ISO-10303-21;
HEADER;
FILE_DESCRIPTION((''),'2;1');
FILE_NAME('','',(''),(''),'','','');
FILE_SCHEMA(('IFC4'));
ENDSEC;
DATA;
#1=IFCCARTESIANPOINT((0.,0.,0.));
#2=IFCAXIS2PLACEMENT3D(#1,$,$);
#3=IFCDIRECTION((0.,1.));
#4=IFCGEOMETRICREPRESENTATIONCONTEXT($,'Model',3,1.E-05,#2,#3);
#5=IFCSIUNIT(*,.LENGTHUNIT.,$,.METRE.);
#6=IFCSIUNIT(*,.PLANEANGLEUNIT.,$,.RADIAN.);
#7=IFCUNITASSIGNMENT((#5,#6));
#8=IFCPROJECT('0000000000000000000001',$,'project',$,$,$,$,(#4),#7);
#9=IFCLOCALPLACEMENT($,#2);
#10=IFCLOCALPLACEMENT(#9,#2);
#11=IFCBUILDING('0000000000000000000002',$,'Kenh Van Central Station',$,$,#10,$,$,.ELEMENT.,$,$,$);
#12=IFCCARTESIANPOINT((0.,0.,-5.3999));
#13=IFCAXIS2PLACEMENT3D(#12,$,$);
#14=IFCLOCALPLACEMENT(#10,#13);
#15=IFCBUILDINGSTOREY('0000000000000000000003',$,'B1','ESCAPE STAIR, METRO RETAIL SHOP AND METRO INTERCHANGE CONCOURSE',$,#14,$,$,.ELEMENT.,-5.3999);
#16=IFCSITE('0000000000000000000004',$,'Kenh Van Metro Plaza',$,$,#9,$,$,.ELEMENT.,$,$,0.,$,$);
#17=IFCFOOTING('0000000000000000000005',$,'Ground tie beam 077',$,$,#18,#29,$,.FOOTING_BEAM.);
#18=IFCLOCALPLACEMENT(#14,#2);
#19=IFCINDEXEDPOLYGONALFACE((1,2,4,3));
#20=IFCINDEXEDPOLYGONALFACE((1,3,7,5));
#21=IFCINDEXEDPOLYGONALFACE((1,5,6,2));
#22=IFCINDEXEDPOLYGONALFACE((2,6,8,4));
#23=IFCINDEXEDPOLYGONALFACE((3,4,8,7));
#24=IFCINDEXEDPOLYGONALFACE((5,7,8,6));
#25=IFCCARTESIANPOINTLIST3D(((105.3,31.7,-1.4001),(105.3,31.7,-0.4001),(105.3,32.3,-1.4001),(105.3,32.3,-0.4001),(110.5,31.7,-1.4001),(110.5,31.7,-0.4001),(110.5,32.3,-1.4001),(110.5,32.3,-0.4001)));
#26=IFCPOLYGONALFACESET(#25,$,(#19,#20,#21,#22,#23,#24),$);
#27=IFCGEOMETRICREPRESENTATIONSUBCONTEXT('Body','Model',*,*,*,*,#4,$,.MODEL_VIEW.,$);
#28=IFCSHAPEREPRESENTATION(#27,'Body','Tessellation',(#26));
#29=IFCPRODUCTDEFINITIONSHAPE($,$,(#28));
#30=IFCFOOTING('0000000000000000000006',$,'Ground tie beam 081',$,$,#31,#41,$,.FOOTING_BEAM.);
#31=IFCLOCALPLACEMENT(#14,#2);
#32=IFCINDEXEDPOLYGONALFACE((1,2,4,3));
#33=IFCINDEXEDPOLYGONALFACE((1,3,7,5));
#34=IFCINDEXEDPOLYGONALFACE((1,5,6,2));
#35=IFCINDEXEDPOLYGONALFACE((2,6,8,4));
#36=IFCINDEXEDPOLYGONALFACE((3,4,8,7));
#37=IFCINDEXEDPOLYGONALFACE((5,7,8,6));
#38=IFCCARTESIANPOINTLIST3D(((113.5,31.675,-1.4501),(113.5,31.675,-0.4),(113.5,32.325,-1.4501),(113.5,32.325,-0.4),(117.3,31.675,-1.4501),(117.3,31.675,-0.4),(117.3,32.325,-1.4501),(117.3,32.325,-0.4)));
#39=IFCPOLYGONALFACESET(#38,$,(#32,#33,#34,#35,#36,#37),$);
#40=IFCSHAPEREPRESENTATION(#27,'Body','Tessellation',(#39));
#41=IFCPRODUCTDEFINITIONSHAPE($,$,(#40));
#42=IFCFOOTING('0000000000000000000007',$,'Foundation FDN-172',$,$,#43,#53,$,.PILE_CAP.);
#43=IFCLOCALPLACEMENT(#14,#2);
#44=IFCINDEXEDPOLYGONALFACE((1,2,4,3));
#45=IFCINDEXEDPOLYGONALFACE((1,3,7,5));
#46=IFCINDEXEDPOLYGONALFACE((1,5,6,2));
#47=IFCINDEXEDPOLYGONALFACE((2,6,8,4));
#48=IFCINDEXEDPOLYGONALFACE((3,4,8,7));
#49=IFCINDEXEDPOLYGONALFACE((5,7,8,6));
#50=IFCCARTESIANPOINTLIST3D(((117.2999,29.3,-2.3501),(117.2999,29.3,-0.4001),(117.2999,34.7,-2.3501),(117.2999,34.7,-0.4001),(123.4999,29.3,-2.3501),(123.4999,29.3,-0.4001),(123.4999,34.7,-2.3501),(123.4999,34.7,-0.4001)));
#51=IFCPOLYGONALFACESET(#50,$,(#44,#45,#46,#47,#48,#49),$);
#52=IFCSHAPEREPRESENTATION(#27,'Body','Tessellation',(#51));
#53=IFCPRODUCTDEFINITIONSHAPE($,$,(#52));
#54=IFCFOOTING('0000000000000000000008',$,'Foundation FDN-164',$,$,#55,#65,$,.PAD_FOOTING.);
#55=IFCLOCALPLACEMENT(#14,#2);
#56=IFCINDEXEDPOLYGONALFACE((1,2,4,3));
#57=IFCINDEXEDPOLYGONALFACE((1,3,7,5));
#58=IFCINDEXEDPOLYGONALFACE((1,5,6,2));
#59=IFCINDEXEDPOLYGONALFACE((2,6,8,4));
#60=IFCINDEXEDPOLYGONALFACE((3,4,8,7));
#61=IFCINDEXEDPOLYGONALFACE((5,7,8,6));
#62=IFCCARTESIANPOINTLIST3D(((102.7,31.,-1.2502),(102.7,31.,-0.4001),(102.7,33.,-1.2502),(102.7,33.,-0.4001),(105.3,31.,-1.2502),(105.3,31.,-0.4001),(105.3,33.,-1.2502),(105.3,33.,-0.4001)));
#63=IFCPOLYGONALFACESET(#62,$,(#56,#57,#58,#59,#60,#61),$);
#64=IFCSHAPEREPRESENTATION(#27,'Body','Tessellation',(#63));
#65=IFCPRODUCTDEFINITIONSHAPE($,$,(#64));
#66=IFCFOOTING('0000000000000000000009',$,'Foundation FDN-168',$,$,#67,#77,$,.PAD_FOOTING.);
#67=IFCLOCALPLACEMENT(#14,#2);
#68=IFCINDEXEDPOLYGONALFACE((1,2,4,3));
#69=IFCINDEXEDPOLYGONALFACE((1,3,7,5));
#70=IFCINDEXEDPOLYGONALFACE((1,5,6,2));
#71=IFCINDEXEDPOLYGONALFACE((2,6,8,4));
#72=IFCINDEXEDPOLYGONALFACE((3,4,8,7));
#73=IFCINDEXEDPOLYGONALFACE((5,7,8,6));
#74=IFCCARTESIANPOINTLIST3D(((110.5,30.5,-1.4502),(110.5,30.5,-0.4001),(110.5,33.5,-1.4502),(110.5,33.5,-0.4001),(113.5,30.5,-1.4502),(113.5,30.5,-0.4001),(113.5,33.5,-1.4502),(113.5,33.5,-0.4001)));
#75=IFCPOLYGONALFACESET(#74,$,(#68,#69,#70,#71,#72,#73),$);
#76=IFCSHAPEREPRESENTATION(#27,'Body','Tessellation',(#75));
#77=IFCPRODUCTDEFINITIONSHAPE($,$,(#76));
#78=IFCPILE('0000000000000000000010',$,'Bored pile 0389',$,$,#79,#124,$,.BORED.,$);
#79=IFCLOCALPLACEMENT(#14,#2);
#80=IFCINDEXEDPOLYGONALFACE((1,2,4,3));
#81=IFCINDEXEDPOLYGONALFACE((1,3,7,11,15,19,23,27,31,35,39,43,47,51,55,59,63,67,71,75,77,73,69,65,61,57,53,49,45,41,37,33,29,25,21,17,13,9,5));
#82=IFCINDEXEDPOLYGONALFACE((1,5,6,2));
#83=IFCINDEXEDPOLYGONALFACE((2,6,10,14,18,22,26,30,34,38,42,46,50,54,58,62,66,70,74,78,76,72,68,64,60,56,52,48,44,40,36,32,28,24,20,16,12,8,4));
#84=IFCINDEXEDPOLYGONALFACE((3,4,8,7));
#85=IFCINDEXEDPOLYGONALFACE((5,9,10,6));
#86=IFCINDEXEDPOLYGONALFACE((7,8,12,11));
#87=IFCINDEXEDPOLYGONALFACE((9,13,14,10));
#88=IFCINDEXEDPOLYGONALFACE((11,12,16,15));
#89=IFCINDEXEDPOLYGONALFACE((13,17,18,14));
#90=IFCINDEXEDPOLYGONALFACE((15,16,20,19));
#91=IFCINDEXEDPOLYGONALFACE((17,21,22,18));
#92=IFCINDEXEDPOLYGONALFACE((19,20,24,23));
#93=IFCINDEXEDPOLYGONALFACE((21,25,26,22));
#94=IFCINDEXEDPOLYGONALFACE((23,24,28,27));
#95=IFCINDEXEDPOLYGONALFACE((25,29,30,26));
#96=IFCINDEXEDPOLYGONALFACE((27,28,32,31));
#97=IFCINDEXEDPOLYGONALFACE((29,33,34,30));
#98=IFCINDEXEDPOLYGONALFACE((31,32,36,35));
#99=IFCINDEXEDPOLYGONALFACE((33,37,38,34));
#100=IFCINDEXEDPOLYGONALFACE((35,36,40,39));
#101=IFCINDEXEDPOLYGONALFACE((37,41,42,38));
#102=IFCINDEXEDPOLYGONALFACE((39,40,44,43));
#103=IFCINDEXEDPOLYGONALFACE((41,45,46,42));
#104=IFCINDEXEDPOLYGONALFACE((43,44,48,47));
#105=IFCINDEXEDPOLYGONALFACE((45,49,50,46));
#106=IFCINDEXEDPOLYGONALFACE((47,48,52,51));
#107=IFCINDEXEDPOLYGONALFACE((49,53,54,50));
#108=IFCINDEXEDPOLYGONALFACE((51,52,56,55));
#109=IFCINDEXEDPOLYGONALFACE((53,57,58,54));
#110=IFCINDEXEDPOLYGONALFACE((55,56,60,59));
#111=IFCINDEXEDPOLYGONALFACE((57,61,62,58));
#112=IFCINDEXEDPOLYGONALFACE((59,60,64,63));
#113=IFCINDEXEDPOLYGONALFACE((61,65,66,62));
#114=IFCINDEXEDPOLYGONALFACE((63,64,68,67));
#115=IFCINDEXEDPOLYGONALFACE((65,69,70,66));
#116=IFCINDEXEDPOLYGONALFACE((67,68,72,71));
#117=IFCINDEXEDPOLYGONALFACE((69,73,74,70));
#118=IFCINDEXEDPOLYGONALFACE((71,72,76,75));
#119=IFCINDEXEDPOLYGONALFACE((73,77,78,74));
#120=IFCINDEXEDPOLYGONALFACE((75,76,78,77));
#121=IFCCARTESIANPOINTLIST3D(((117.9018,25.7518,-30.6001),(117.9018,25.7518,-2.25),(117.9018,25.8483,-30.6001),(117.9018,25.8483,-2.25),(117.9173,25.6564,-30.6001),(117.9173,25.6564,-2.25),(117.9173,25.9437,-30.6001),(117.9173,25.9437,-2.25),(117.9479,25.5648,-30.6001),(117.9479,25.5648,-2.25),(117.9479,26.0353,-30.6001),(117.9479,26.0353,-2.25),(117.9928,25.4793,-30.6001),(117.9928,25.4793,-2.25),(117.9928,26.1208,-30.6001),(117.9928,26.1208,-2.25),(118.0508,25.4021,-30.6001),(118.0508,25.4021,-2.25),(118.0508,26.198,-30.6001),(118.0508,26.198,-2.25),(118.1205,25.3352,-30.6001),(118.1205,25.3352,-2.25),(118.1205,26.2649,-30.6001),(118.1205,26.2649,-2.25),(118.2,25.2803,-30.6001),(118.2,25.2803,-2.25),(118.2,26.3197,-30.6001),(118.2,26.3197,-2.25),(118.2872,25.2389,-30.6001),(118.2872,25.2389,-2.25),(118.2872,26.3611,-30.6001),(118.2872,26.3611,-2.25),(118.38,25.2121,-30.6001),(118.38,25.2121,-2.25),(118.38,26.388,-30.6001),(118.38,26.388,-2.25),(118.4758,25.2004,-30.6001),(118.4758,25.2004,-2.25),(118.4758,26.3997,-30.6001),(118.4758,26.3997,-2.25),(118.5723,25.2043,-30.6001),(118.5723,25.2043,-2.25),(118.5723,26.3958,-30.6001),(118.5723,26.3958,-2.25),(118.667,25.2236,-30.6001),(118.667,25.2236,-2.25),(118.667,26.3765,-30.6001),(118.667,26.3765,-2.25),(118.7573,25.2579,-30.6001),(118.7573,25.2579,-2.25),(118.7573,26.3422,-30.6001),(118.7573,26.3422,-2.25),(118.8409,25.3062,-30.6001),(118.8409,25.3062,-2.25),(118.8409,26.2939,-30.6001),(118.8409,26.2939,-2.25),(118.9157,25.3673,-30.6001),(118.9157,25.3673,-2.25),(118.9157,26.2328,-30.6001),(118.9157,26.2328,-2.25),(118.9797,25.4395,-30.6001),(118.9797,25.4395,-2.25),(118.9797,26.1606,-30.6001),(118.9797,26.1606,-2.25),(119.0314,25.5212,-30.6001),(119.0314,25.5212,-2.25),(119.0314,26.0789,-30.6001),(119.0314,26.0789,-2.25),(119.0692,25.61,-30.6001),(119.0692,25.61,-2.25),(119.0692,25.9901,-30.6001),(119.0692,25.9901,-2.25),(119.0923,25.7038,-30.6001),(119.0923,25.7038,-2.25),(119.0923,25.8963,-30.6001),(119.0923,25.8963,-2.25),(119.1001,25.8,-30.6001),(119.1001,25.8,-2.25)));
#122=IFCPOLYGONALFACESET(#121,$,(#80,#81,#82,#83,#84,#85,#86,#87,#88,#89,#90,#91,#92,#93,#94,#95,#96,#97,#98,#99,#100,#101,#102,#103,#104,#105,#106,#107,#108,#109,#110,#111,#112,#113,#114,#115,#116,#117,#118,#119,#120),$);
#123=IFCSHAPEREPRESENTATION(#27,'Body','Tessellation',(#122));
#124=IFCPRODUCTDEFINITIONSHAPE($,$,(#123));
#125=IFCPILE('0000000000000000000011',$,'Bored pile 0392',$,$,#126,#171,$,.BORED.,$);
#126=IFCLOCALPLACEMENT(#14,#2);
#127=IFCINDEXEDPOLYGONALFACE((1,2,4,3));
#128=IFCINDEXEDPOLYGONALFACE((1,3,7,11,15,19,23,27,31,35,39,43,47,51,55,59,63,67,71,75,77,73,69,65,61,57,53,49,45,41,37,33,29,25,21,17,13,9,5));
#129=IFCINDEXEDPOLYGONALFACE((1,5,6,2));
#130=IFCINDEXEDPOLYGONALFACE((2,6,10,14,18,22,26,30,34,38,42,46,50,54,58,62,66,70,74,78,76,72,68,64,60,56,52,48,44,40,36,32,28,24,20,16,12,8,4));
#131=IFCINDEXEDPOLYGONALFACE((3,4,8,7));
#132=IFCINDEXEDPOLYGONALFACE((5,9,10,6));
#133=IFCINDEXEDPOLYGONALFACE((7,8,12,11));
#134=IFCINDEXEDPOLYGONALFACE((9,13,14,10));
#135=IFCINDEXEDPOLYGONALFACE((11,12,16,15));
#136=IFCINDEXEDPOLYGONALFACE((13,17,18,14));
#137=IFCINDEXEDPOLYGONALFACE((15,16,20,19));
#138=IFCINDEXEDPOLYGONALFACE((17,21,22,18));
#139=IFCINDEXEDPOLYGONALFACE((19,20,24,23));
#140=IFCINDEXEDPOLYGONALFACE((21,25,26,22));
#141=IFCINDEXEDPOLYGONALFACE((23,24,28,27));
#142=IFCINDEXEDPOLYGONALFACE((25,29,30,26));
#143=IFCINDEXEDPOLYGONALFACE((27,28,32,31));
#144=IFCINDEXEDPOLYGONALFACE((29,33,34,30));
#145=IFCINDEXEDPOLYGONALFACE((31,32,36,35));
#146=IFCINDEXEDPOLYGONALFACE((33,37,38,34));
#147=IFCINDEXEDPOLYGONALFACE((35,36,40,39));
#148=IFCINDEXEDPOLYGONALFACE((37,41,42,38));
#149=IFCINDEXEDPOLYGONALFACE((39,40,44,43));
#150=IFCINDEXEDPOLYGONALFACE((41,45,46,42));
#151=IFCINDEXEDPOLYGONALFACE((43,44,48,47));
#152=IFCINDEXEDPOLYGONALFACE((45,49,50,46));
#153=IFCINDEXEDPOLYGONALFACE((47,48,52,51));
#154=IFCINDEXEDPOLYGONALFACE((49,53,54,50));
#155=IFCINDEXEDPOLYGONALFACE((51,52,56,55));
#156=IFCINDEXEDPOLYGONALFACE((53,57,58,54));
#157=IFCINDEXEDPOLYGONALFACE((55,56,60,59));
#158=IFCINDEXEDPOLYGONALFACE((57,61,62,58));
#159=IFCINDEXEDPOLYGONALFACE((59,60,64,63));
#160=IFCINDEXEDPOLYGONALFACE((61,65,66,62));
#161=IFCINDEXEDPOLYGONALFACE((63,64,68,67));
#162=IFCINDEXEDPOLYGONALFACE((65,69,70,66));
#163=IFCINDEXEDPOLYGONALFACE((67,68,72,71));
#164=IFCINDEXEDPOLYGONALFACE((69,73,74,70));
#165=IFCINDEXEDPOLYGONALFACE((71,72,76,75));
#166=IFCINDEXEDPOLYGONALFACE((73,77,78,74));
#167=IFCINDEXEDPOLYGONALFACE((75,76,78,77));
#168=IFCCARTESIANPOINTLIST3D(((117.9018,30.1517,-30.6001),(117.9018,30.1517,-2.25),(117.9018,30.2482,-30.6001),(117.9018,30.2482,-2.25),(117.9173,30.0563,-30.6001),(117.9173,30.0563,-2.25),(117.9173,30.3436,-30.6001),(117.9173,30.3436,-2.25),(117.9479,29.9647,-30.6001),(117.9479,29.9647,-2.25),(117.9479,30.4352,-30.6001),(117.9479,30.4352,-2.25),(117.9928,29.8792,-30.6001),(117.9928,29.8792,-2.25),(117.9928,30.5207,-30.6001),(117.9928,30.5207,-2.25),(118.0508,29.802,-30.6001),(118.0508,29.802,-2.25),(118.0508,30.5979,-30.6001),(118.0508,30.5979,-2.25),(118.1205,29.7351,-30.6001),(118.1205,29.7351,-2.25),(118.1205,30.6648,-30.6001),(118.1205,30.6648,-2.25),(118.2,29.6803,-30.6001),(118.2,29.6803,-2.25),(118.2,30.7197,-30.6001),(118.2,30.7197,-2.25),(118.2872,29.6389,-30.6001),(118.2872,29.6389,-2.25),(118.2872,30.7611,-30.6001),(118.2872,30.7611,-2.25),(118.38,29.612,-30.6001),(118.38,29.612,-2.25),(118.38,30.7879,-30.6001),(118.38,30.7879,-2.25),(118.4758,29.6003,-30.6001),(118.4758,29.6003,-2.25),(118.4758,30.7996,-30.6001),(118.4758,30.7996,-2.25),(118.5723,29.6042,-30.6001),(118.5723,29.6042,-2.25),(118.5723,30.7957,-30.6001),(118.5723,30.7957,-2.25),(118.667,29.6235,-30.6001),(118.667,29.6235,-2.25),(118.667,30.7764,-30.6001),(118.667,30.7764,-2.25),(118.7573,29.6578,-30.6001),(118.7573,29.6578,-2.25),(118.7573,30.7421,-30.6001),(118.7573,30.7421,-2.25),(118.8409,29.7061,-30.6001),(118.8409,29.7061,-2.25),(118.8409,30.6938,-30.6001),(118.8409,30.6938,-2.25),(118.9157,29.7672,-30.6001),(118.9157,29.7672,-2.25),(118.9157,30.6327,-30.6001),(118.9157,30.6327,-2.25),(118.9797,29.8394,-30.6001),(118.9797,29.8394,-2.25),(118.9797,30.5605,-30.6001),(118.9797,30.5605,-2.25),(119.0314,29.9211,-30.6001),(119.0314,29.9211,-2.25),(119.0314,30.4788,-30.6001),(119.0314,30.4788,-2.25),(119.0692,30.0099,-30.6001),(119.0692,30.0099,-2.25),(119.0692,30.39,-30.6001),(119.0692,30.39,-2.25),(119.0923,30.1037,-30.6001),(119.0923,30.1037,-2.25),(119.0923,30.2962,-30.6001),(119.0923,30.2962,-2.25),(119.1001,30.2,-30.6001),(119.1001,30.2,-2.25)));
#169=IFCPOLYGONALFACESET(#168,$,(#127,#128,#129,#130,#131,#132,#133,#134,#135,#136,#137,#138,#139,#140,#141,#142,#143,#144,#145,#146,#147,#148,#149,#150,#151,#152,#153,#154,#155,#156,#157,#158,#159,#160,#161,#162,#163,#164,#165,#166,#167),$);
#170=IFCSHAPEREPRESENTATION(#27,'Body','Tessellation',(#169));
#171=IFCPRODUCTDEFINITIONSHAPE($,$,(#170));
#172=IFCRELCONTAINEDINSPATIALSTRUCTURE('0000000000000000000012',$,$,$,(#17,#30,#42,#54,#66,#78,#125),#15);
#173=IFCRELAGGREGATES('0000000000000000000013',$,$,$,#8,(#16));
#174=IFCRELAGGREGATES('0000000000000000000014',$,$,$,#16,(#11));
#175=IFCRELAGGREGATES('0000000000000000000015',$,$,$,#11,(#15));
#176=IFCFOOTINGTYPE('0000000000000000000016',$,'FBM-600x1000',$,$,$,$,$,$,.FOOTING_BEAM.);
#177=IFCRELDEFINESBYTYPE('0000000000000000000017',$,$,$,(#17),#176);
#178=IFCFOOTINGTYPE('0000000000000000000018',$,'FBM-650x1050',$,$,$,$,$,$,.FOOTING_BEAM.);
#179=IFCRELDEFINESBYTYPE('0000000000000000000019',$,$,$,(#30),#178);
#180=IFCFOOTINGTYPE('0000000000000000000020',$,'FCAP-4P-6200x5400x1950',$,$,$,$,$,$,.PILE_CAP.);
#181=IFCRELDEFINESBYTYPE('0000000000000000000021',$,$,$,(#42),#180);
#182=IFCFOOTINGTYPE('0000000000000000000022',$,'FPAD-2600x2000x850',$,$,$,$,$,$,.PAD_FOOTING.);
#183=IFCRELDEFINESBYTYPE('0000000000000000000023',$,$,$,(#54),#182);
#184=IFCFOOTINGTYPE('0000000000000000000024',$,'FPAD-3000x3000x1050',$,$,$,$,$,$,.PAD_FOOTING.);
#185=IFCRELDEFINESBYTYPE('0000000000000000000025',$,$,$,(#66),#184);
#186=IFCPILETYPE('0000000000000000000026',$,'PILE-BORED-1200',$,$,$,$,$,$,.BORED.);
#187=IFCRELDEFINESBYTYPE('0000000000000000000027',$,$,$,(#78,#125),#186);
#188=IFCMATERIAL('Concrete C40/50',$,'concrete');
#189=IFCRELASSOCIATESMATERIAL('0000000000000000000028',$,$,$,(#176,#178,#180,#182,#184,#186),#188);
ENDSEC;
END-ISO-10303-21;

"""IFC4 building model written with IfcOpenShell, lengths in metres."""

from ifc_helpers import new_model, si_unit, direction, frame, origin, origin_2d, place, context, subcontext, project, spatial, rectangle, circle, extrude, material, material_profile, profile_set, type_object, element, save


model = new_model("IFC4")

# Units and contexts
model_context = context("Model", 3, precision=1e-05, world=origin(), true_north=direction((0.0, 1.0)))
body_context = subcontext(model_context, "Body", "Model", "MODEL_VIEW")
ifc_project = project(units=[si_unit("LENGTHUNIT", "METRE"), si_unit("PLANEANGLEUNIT", "RADIAN")], contexts=[model_context])

# Site, building, storey
site_placement = place(None, origin())
site = spatial("IfcSite", under=ifc_project, at=site_placement, Name="Kenh Van Metro Plaza", CompositionType="ELEMENT", RefElevation=0.0)
building_placement = place(site_placement, origin())
building = spatial("IfcBuilding", under=site, at=building_placement, Name="Kenh Van Central Station", CompositionType="ELEMENT")
storey_placement = place(building_placement, frame((0.0, 0.0, -5.3999)))
storey = spatial("IfcBuildingStorey", under=building, at=storey_placement, Name="B1", Description="ESCAPE STAIR, METRO RETAIL SHOP AND METRO INTERCHANGE CONCOURSE", CompositionType="ELEMENT", Elevation=-5.3999)

# Footings
ifc_material_1 = material(Name="Concrete C40/50", Category="concrete")
ifc_material_profile_1 = material_profile(ifc_material_1, rectangle(XDim=0.6001, YDim=1.0, at=origin_2d()), Name="RC 600x1000")
ifc_profile_set_1 = profile_set([ifc_material_profile_1], Name="Concrete C40/50")
footing_type_1 = type_object("IfcFootingType", Name="FBM-600x1000", PredefinedType="FOOTING_BEAM", material=ifc_profile_set_1)
footing_1_placement = place(storey_placement, frame((105.3, 32.0, -0.9001), z_axis=(1.0, 0.0, 0.0), x_axis=(0.0, 1.0, 0.0)))
element("IfcFooting", 1, at=footing_1_placement, inside=storey, type_object=footing_type_1, Name="Ground tie beam 077", PredefinedType="FOOTING_BEAM", context=body_context, shape_type="SweptSolid", body=[
    extrude(rectangle(XDim=0.6001, YDim=1.0, at=origin_2d()), origin(), (0.0, 0.0, 1.0), 5.2),
])
ifc_material_profile_2 = material_profile(ifc_material_1, rectangle(XDim=0.6499, YDim=1.05, at=origin_2d()), Name="RC 650x1050")
ifc_profile_set_2 = profile_set([ifc_material_profile_2], Name="Concrete C40/50")
footing_type_2 = type_object("IfcFootingType", Name="FBM-650x1050", PredefinedType="FOOTING_BEAM", material=ifc_profile_set_2)
footing_2_placement = place(storey_placement, frame((113.5, 32.0, -0.925), z_axis=(1.0, 0.0, 0.0), x_axis=(0.0, 1.0, 0.0)))
element("IfcFooting", 2, at=footing_2_placement, inside=storey, type_object=footing_type_2, Name="Ground tie beam 081", PredefinedType="FOOTING_BEAM", context=body_context, shape_type="SweptSolid", body=[
    extrude(rectangle(XDim=0.6499, YDim=1.05, at=origin_2d()), origin(), (0.0, 0.0, 1.0), 3.8),
])
footing_type_3 = type_object("IfcFootingType", Name="FCAP-4P-6200x5400x1950", PredefinedType="PILE_CAP", material=ifc_material_1)
footing_3_placement = place(storey_placement, frame((120.3999, 32.0, -2.3501), z_axis=(0.0, 0.0, 1.0), x_axis=(1.0, 0.0, 0.0)))
element("IfcFooting", 3, at=footing_3_placement, inside=storey, type_object=footing_type_3, Name="Foundation FDN-172", PredefinedType="PILE_CAP", context=body_context, shape_type="SweptSolid", body=[
    extrude(rectangle(XDim=6.2, YDim=5.3999, at=origin_2d()), origin(), (0.0, 0.0, 1.0), 1.95),
])
footing_type_4 = type_object("IfcFootingType", Name="FPAD-2600x2000x850", PredefinedType="PAD_FOOTING", material=ifc_material_1)
footing_4_placement = place(storey_placement, frame((104.0, 32.0, -1.2502), z_axis=(0.0, 0.0, 1.0), x_axis=(1.0, 0.0, 0.0)))
element("IfcFooting", 4, at=footing_4_placement, inside=storey, type_object=footing_type_4, Name="Foundation FDN-164", PredefinedType="PAD_FOOTING", context=body_context, shape_type="SweptSolid", body=[
    extrude(rectangle(XDim=2.6001, YDim=2.0, at=origin_2d()), origin(), (0.0, 0.0, 1.0), 0.8501),
])
footing_type_5 = type_object("IfcFootingType", Name="FPAD-3000x3000x1050", PredefinedType="PAD_FOOTING", material=ifc_material_1)
footing_5_placement = place(storey_placement, frame((112.0, 32.0, -1.4502), z_axis=(0.0, 0.0, 1.0), x_axis=(1.0, 0.0, 0.0)))
element("IfcFooting", 5, at=footing_5_placement, inside=storey, type_object=footing_type_5, Name="Foundation FDN-168", PredefinedType="PAD_FOOTING", context=body_context, shape_type="SweptSolid", body=[
    extrude(rectangle(XDim=3.0, YDim=3.0, at=origin_2d()), origin(), (0.0, 0.0, 1.0), 1.05),
])

# Piles
ifc_material_profile_3 = material_profile(ifc_material_1, circle(Radius=0.6001, at=origin_2d()), Name="PILE D1200")
ifc_profile_set_3 = profile_set([ifc_material_profile_3], Name="Concrete C40/50")
pile_type = type_object("IfcPileType", Name="PILE-BORED-1200", PredefinedType="BORED", material=ifc_profile_set_3)
for number, where, z_axis, x_axis, name in (
    (6, (118.5, 25.8, -2.25), (0.0, 0.0, -1.0), (1.0, 0.0, 0.0), "Bored pile 0389"),
    (7, (118.5, 30.2, -2.25), (0.0, 0.0, -1.0), (1.0, 0.0, 0.0), "Bored pile 0392"),
):
    element("IfcPile", number, at=place(storey_placement, frame(where, z_axis=z_axis, x_axis=x_axis)), inside=storey, type_object=pile_type, Name=name, PredefinedType="BORED", context=body_context, shape_type="SweptSolid", body=[
        extrude(circle(Radius=0.6001, at=origin_2d()), origin(), (0.0, 0.0, 1.0), 28.3501),
    ])

save(model, "model.ifc")
